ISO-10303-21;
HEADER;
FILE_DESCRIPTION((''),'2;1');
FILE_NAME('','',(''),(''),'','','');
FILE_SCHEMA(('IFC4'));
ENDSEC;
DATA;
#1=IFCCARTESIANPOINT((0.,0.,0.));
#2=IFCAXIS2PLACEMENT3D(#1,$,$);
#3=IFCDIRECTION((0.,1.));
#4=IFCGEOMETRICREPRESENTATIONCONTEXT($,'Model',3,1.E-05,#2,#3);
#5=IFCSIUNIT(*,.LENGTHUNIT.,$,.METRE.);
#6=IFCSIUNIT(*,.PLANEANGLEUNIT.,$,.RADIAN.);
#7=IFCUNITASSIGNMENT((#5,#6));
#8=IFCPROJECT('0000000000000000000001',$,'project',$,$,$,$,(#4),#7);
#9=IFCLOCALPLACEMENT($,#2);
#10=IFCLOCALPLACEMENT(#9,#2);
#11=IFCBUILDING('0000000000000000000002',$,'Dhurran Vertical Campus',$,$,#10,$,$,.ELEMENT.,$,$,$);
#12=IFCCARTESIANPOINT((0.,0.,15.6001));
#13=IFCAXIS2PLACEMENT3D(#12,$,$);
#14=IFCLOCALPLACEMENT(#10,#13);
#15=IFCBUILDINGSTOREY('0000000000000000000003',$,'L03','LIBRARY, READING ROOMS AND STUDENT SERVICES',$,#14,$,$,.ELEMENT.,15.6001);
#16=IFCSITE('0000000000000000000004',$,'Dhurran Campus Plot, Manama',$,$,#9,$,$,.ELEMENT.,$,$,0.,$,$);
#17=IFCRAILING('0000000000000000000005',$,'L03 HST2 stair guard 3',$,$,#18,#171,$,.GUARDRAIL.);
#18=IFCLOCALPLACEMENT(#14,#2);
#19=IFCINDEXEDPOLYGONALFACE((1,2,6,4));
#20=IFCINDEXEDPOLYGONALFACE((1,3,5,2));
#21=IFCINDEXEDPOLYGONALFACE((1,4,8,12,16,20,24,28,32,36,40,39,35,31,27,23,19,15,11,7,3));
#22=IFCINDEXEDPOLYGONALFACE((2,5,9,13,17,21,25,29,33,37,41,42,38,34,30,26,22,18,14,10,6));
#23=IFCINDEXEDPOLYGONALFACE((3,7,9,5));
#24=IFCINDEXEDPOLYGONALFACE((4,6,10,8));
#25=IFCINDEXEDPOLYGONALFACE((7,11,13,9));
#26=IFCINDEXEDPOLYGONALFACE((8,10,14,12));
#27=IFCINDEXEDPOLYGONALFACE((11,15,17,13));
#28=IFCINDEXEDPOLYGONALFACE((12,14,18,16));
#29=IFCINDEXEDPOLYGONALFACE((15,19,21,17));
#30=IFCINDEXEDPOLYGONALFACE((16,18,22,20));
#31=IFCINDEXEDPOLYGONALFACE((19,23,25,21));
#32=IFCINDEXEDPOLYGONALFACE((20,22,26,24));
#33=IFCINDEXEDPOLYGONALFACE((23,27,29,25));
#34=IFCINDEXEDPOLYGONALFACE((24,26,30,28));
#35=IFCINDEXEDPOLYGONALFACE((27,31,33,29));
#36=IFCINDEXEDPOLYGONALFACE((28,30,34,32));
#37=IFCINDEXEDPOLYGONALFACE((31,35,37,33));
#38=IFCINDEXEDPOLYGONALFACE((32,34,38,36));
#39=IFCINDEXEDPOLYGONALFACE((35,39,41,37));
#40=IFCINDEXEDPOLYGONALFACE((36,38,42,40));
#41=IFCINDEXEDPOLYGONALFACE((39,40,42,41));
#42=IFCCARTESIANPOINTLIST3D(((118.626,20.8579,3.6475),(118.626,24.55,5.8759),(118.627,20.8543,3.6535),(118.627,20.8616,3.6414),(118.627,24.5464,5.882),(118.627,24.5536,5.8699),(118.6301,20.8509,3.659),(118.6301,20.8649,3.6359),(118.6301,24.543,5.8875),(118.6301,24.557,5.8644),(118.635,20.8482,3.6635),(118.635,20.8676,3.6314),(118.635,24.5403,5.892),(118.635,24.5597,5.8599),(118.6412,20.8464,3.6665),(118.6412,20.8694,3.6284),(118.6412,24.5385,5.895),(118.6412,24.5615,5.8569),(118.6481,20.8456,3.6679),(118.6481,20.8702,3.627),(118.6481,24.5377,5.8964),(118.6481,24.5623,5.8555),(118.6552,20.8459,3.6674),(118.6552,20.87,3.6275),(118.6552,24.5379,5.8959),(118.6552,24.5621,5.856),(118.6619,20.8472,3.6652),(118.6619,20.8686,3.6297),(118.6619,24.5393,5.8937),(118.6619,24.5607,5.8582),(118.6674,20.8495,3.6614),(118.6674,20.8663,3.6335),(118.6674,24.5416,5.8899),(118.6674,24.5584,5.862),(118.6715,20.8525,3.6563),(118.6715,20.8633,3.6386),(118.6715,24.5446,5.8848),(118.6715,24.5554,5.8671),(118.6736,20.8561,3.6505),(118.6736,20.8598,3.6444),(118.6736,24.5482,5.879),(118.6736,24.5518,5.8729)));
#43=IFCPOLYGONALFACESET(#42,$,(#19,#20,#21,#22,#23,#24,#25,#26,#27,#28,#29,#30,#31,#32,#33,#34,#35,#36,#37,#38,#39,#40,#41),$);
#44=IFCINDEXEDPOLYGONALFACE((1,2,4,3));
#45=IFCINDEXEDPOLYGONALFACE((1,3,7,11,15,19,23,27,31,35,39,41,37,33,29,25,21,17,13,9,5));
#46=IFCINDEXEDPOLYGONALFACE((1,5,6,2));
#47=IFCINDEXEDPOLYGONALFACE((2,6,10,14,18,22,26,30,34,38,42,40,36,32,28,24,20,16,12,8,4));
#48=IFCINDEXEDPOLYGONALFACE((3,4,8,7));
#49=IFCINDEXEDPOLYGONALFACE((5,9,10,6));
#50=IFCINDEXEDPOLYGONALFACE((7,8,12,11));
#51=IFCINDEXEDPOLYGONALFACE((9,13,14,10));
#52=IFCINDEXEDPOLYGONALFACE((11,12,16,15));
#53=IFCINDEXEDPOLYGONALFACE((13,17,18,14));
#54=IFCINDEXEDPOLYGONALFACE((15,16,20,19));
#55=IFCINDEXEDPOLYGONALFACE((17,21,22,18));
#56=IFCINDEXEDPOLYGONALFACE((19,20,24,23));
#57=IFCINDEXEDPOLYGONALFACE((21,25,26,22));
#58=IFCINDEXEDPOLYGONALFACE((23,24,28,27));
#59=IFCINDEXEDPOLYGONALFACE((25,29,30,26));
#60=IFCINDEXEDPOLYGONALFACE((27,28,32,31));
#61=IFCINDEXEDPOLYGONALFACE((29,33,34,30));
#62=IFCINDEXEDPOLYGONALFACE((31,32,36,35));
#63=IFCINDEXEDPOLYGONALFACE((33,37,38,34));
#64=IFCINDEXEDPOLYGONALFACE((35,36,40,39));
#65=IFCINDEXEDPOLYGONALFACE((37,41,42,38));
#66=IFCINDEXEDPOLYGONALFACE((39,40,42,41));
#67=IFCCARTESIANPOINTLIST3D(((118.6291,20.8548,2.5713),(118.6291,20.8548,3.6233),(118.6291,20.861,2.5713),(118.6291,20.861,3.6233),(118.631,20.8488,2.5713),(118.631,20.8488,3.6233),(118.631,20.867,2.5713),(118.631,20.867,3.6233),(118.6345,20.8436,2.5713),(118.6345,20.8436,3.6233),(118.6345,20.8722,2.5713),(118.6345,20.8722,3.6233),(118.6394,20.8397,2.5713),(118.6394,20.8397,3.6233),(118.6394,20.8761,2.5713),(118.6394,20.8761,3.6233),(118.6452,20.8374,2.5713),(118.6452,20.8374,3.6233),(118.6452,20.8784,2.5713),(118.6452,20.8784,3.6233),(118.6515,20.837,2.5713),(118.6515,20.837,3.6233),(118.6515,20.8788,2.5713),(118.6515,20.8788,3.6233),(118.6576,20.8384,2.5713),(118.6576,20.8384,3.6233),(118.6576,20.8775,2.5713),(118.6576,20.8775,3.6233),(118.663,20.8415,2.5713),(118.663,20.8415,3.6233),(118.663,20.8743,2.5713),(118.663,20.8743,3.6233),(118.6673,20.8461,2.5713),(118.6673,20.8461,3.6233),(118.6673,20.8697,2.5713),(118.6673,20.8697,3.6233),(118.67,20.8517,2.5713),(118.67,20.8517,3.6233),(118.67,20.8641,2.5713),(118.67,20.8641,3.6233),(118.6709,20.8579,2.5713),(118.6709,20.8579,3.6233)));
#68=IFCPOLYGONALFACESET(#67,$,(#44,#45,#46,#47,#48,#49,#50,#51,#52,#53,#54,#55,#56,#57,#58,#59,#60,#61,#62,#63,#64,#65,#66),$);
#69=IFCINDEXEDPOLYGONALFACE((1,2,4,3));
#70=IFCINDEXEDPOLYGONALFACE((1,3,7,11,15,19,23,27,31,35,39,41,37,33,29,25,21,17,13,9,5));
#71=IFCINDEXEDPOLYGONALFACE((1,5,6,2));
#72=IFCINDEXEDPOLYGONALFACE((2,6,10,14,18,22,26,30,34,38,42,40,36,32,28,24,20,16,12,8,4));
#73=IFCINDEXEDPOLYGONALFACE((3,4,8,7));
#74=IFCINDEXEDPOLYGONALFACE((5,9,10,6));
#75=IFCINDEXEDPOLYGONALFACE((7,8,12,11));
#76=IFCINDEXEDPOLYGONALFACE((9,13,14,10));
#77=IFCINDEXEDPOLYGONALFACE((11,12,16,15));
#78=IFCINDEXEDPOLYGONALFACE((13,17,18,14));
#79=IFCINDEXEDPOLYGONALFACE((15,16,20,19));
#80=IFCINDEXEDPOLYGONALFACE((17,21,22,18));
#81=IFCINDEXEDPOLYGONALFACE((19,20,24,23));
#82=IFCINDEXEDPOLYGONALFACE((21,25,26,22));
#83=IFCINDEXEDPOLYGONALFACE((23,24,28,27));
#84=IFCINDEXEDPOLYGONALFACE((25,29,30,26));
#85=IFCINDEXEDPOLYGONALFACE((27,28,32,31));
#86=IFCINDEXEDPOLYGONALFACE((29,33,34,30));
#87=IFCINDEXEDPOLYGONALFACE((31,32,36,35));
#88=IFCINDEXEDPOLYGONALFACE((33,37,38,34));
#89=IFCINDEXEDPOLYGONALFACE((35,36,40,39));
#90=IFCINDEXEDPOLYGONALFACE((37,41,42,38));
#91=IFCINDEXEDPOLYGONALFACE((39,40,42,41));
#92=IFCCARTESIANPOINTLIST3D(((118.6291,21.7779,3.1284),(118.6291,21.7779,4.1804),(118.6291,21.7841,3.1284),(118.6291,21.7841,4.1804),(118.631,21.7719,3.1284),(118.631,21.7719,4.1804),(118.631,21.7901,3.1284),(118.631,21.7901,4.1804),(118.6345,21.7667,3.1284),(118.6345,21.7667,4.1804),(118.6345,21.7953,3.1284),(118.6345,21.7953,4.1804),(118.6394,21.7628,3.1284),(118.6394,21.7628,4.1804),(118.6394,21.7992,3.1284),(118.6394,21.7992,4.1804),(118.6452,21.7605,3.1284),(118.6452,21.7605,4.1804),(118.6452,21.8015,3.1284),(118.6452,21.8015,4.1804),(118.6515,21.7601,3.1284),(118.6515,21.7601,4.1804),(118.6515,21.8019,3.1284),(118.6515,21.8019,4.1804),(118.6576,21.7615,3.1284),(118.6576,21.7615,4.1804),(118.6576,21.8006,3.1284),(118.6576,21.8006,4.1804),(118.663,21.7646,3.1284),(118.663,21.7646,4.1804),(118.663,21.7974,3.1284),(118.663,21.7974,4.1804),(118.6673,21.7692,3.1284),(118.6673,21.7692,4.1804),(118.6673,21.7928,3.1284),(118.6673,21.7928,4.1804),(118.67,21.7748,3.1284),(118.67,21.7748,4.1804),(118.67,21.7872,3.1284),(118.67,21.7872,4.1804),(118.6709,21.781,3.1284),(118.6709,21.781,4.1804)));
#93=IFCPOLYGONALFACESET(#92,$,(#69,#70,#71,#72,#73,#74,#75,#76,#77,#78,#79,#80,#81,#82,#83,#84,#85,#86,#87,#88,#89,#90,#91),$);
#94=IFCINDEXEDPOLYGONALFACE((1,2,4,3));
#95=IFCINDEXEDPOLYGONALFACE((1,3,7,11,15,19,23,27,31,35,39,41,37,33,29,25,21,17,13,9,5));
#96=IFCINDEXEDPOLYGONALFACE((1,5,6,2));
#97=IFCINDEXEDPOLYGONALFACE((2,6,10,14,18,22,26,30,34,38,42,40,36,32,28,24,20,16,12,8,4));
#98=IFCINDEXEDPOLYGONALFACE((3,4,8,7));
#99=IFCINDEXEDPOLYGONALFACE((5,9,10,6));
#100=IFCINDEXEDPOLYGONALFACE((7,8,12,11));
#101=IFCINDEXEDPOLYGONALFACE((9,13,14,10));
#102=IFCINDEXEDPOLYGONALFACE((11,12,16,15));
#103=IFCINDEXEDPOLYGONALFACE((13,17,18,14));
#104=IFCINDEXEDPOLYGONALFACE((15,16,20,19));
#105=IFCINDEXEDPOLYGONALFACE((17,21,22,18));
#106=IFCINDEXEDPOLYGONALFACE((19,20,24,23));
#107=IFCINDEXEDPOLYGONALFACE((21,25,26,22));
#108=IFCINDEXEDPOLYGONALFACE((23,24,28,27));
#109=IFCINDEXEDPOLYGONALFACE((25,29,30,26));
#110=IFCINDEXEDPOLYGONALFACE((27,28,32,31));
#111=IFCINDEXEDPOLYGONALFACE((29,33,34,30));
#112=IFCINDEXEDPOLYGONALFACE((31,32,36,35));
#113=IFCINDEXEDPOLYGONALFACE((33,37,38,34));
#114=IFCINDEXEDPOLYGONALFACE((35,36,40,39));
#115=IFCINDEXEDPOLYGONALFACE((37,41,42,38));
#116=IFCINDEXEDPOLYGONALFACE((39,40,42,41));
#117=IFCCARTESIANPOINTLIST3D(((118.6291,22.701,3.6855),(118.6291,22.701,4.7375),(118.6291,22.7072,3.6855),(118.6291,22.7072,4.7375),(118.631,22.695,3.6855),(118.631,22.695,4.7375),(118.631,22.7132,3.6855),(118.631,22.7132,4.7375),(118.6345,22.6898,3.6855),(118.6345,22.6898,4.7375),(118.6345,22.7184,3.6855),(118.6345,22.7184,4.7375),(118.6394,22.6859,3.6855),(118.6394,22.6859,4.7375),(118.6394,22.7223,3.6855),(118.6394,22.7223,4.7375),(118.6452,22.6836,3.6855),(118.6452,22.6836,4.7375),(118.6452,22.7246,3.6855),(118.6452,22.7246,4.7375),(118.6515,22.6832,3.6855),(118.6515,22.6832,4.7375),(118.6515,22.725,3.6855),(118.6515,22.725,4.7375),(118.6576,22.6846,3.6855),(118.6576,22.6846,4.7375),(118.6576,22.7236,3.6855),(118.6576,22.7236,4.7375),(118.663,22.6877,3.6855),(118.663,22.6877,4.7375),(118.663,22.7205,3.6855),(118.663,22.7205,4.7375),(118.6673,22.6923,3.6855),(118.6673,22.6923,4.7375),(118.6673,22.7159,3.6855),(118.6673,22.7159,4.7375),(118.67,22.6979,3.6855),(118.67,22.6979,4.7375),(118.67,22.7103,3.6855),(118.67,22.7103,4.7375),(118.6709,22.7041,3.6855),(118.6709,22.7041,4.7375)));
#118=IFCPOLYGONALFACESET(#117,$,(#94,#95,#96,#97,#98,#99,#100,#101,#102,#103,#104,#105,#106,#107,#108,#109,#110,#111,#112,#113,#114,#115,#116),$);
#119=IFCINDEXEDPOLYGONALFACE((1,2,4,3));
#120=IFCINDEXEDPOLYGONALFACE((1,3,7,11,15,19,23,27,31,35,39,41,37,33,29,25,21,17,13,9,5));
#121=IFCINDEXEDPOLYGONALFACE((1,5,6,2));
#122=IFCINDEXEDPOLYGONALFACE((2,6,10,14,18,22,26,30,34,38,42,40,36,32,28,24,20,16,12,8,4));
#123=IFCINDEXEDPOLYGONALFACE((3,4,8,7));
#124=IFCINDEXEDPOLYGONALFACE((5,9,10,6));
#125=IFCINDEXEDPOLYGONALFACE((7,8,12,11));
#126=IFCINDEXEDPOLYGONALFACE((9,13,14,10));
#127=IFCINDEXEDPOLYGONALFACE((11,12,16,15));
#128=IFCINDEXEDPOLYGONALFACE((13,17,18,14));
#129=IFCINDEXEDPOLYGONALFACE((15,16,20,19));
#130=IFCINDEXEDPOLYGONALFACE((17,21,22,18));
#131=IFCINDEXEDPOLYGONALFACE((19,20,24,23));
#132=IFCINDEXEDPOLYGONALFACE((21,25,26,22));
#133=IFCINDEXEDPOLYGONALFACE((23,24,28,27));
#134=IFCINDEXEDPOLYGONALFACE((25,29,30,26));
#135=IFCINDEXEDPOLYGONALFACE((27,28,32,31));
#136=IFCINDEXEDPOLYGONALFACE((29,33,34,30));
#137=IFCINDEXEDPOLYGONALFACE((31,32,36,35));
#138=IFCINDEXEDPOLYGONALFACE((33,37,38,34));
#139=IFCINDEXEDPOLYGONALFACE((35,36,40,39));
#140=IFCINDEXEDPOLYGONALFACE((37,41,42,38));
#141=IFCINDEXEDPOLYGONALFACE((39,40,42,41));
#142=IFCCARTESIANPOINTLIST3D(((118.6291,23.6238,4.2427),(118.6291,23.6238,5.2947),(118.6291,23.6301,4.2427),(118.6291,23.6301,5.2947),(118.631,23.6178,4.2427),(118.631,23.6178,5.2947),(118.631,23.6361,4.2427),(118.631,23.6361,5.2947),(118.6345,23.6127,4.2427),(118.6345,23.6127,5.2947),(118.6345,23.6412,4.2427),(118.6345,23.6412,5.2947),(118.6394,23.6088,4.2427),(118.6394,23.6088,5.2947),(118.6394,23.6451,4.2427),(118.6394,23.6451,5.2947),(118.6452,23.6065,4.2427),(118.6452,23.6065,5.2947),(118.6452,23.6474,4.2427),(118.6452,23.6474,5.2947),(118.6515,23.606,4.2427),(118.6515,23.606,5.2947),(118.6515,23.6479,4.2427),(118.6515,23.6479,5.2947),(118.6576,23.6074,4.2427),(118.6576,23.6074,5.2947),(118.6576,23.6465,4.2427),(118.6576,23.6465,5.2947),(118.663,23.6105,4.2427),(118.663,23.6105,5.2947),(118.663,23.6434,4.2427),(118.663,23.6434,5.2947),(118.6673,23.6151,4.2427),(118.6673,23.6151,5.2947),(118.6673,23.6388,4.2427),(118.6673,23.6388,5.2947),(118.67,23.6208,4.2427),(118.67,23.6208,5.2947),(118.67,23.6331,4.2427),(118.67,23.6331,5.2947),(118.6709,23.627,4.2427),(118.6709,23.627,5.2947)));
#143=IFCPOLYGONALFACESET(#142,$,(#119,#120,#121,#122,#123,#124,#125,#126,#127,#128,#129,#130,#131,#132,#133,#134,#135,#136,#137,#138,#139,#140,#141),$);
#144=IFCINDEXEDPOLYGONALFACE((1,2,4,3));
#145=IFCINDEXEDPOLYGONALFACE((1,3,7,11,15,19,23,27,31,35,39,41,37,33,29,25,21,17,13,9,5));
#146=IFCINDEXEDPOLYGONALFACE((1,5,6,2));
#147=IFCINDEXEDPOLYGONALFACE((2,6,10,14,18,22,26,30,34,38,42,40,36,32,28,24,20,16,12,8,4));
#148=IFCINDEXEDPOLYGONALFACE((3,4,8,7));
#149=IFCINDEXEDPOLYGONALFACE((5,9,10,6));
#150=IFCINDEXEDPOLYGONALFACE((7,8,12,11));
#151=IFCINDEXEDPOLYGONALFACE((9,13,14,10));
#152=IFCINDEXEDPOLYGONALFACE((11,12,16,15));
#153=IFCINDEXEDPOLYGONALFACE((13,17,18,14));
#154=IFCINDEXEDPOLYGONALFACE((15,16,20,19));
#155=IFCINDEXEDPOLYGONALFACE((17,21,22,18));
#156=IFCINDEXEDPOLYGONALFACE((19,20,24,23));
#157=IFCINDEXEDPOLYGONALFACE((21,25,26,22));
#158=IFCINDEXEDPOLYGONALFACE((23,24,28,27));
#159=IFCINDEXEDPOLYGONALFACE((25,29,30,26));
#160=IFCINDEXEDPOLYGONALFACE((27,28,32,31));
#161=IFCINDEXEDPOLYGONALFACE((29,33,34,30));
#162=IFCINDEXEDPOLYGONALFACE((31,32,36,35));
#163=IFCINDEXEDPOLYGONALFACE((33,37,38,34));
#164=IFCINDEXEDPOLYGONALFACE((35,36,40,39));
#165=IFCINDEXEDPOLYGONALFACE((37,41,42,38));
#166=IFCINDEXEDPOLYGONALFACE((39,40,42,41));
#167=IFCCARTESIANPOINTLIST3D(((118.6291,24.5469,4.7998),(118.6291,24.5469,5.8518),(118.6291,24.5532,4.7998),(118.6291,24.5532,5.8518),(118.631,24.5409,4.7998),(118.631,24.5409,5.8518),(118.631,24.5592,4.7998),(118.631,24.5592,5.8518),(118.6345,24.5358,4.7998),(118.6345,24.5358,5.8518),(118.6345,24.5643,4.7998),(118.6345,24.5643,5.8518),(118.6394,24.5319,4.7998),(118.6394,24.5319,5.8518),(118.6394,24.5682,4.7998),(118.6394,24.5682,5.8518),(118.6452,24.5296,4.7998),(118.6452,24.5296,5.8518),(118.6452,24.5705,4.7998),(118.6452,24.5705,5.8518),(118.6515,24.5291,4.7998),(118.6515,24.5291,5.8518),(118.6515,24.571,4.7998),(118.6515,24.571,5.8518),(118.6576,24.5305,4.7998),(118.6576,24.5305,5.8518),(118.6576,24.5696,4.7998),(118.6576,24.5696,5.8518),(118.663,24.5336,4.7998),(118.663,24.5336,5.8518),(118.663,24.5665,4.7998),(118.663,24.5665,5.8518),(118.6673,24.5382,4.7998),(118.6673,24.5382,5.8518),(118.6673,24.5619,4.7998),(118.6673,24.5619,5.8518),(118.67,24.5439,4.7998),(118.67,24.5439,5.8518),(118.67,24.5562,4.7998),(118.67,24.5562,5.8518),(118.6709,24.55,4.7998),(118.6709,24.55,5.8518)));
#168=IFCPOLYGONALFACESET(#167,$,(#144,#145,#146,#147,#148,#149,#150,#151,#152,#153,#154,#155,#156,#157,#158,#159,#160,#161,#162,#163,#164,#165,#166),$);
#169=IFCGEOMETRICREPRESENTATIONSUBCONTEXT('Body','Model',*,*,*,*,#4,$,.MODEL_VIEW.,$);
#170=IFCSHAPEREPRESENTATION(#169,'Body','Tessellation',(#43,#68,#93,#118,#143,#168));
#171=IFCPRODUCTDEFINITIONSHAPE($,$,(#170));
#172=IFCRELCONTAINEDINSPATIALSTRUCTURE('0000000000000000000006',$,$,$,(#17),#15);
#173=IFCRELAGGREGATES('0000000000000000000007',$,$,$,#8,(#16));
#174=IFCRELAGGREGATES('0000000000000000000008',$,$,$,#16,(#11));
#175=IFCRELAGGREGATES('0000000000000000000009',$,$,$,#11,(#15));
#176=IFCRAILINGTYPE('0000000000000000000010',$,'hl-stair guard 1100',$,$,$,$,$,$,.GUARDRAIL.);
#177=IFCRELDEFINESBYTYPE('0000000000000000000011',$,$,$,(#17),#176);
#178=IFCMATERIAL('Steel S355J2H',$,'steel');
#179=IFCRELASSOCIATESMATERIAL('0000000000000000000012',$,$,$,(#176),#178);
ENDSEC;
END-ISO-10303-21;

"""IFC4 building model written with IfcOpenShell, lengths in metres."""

from ifc_helpers import new_model, si_unit, direction, frame, origin, origin_2d, place, context, subcontext, project, spatial, circle, extrude, material, type_object, element, save


model = new_model("IFC4")

# Units and contexts
model_context = context("Model", 3, precision=1e-05, world=origin(), true_north=direction((0.0, 1.0)))
body_context = subcontext(model_context, "Body", "Model", "MODEL_VIEW")
ifc_project = project(units=[si_unit("LENGTHUNIT", "METRE"), si_unit("PLANEANGLEUNIT", "RADIAN")], contexts=[model_context])

# Site, building, storey
site_placement = place(None, origin())
site = spatial("IfcSite", under=ifc_project, at=site_placement, Name="Dhurran Campus Plot, Manama", CompositionType="ELEMENT", RefElevation=0.0)
building_placement = place(site_placement, origin())
building = spatial("IfcBuilding", under=site, at=building_placement, Name="Dhurran Vertical Campus", CompositionType="ELEMENT")
storey_placement = place(building_placement, frame((0.0, 0.0, 15.6001)))
storey = spatial("IfcBuildingStorey", under=building, at=storey_placement, Name="L03", Description="LIBRARY, READING ROOMS AND STUDENT SERVICES", CompositionType="ELEMENT", Elevation=15.6001)

# Railing
ifc_material_1 = material(Name="Steel S355J2H", Category="steel")
railing_type_1 = type_object("IfcRailingType", Name="hl-stair guard 1100", PredefinedType="GUARDRAIL", material=ifc_material_1)
railing_1_placement = place(storey_placement, frame((118.6499, 20.8579, 2.5713)))
element("IfcRailing", 1, at=railing_1_placement, inside=storey, type_object=railing_type_1, Name="L03 HST2 stair guard 3", PredefinedType="GUARDRAIL", context=body_context, shape_type="SweptSolid", body=[
    extrude(circle(Radius=0.0239, at=origin_2d()), frame((0.0, 0.0, 1.0762), z_axis=(0.0, 0.856136, 0.51675), x_axis=(-1.0, 0.0, 0.0)), (0.0, 0.0, 1.0), 4.3125),
    extrude(circle(Radius=0.021, at=origin_2d()), origin(), (0.0, 0.0, 1.0), 1.052),
    extrude(circle(Radius=0.021, at=origin_2d()), frame((0.0, 0.9231, 0.5571)), (0.0, 0.0, 1.0), 1.052),
    extrude(circle(Radius=0.021, at=origin_2d()), frame((0.0, 1.8462, 1.1143)), (0.0, 0.0, 1.0), 1.052),
    extrude(circle(Radius=0.021, at=origin_2d()), frame((0.0, 2.769, 1.6714)), (0.0, 0.0, 1.0), 1.052),
    extrude(circle(Radius=0.021, at=origin_2d()), frame((0.0, 3.6921, 2.2285)), (0.0, 0.0, 1.0), 1.052),
])

save(model, "model.ifc")
